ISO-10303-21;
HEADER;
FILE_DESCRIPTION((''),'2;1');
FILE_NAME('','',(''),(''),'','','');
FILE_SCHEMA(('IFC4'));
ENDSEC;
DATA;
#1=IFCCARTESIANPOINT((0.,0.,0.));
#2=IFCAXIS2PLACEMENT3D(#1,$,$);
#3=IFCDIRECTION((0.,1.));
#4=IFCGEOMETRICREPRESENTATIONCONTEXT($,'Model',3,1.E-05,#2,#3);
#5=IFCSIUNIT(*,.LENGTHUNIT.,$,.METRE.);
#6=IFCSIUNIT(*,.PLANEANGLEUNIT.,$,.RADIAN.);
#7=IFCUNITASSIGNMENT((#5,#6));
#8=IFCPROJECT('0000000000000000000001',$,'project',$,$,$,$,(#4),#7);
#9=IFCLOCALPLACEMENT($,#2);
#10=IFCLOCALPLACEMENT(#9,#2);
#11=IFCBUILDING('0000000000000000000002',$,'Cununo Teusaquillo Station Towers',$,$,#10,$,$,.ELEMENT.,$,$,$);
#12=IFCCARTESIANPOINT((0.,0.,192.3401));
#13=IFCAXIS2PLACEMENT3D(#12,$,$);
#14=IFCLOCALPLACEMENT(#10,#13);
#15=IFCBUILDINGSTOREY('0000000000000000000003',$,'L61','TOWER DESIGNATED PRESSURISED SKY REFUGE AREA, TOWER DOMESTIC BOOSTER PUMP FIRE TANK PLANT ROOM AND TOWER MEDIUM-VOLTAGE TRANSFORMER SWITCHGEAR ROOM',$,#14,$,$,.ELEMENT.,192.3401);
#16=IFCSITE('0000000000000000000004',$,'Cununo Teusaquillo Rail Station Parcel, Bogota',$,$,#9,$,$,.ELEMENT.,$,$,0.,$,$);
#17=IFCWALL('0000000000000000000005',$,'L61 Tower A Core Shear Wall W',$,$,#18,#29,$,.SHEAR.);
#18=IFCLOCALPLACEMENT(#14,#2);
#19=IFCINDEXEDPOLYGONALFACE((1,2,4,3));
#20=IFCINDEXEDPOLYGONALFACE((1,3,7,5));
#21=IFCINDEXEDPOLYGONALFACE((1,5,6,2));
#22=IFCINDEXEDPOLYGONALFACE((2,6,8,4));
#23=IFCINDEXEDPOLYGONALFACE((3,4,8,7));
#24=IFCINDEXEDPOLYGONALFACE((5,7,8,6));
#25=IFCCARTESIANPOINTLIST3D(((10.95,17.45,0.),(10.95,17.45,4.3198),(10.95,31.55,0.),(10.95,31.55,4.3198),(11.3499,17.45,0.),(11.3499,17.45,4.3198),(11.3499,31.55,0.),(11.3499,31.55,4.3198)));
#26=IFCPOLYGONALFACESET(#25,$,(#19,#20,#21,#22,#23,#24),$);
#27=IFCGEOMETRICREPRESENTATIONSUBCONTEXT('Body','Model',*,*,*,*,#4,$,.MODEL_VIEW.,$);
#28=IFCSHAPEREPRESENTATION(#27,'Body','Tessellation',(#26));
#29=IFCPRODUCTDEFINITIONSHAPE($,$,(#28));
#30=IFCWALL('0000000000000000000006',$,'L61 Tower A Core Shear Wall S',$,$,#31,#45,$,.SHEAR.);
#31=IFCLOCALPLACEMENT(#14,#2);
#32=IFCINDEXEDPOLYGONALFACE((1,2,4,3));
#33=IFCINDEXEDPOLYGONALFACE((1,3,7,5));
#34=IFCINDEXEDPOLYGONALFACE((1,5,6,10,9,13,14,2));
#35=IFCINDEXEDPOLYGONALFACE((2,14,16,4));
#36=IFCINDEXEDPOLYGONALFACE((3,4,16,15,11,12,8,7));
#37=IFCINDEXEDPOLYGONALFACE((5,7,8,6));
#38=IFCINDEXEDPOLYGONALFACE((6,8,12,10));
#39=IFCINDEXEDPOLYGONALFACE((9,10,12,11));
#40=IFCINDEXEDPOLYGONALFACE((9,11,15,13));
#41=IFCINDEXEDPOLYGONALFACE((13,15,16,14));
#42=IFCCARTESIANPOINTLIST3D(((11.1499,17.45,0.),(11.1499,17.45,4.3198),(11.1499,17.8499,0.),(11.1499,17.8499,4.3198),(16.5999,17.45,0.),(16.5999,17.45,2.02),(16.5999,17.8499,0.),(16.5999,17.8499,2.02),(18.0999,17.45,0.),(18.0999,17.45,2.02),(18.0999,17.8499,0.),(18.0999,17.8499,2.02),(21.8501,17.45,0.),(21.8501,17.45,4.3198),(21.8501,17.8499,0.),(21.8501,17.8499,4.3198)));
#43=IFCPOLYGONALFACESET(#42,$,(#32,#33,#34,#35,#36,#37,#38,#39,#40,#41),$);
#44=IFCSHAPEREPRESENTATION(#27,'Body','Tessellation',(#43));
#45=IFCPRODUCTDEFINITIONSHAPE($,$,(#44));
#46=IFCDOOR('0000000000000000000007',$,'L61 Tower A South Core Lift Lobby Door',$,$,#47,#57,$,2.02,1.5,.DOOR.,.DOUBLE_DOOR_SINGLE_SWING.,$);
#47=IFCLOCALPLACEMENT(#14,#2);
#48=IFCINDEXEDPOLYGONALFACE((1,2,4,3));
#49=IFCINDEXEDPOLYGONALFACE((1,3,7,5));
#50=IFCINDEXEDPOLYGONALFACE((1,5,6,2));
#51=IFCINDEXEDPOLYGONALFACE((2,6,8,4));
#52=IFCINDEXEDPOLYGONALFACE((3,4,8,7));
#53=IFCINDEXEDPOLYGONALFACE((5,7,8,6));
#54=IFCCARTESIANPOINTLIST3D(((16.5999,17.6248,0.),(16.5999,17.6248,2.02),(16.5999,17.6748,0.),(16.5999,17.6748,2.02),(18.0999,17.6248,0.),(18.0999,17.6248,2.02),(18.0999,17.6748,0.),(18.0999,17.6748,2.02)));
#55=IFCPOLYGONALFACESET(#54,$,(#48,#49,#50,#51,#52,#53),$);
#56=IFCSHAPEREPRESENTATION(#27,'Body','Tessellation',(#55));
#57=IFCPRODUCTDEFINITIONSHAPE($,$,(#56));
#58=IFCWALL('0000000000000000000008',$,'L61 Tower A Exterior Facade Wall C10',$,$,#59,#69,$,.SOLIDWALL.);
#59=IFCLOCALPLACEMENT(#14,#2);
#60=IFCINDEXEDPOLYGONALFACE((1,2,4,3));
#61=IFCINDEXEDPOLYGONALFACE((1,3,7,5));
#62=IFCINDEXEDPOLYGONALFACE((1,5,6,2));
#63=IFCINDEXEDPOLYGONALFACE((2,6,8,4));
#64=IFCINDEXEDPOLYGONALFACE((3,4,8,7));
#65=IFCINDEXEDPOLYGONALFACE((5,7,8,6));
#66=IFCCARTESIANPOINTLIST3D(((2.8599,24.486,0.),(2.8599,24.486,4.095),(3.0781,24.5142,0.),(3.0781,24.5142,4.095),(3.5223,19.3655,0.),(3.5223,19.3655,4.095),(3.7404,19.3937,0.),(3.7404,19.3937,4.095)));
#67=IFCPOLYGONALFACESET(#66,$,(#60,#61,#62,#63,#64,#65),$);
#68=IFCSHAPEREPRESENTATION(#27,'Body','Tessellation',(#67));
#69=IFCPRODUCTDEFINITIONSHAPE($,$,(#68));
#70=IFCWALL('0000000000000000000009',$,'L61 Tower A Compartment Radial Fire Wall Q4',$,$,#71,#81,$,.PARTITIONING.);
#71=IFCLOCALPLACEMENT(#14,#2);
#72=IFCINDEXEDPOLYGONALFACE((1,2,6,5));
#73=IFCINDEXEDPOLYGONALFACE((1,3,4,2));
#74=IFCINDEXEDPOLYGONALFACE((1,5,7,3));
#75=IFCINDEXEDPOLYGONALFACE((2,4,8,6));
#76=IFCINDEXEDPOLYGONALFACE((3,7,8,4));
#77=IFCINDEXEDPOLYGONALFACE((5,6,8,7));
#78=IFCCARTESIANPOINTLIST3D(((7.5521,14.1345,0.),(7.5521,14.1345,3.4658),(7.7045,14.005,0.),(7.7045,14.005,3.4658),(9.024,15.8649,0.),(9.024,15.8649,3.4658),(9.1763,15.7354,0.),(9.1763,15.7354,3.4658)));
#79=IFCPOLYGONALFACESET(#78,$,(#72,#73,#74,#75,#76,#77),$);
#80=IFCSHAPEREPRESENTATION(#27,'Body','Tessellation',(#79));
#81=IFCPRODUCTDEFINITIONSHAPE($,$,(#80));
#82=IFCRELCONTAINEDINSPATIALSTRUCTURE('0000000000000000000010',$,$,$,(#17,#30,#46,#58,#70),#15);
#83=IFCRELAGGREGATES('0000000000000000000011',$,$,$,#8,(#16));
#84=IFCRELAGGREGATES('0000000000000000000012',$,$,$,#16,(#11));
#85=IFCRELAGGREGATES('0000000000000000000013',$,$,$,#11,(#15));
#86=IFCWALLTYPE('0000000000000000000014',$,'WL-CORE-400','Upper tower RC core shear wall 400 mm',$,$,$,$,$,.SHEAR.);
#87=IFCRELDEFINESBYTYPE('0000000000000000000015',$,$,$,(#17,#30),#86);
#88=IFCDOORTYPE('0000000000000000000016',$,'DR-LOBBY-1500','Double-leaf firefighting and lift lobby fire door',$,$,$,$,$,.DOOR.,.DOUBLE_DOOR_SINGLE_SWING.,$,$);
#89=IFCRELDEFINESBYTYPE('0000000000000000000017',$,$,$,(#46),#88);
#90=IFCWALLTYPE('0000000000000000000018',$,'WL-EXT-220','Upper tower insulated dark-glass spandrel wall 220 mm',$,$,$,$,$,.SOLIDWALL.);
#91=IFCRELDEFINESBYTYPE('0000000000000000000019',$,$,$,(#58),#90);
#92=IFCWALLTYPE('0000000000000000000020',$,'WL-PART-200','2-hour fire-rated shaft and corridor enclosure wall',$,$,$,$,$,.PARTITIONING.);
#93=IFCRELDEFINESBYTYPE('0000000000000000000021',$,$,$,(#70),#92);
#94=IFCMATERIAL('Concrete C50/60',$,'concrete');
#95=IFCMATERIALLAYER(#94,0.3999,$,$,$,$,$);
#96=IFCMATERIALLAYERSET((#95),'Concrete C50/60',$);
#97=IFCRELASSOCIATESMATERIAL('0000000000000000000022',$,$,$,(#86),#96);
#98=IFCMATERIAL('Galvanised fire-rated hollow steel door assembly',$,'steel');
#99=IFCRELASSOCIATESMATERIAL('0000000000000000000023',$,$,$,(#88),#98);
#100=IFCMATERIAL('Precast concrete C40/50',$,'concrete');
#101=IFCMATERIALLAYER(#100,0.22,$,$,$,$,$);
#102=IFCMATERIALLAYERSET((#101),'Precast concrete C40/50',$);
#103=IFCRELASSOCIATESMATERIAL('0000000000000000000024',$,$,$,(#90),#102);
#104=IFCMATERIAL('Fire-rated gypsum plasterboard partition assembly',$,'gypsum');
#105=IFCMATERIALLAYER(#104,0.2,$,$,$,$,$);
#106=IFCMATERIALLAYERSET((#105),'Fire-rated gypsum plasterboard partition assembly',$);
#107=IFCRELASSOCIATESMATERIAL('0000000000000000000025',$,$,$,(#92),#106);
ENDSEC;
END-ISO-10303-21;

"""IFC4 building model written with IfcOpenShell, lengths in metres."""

from ifc_helpers import new_model, si_unit, direction, frame, frame_2d, origin, place, context, subcontext, project, spatial, rectangle, extrude, source, transform, mapped, material, layer, layer_set, type_object, element, fill, save


model = new_model("IFC4")

# Units and contexts
model_context = context("Model", 3, precision=1e-05, world=origin(), true_north=direction((0.0, 1.0)))
body_context = subcontext(model_context, "Body", "Model", "MODEL_VIEW")
ifc_project = project(units=[si_unit("LENGTHUNIT", "METRE"), si_unit("PLANEANGLEUNIT", "RADIAN")], contexts=[model_context])

# Site, building, storey
site_placement = place(None, origin())
site = spatial("IfcSite", under=ifc_project, at=site_placement, Name="Cununo Teusaquillo Rail Station Parcel, Bogota", CompositionType="ELEMENT", RefElevation=0.0)
building_placement = place(site_placement, origin())
building = spatial("IfcBuilding", under=site, at=building_placement, Name="Cununo Teusaquillo Station Towers", CompositionType="ELEMENT")
storey_placement = place(building_placement, frame((0.0, 0.0, 192.3401)))
storey = spatial("IfcBuildingStorey", under=building, at=storey_placement, Name="L61", Description="TOWER DESIGNATED PRESSURISED SKY REFUGE AREA, TOWER DOMESTIC BOOSTER PUMP FIRE TANK PLANT ROOM AND TOWER MEDIUM-VOLTAGE TRANSFORMER SWITCHGEAR ROOM", CompositionType="ELEMENT", Elevation=192.3401)

# Wall
ifc_material_1 = material(Name="Concrete C50/60", Category="concrete")
ifc_layer_1 = layer(ifc_material_1, 0.3999)
ifc_layer_set_1 = layer_set([ifc_layer_1], Name="Concrete C50/60")
wall_type_1 = type_object("IfcWallType", Name="WL-CORE-400", Description="Upper tower RC core shear wall 400 mm", PredefinedType="SHEAR", material=ifc_layer_set_1)
wall_1_placement = place(storey_placement, frame((11.1499, 17.45, 0.0), z_axis=(0.0, 0.0, 1.0), x_axis=(0.0, 1.0, 0.0)))
element("IfcWall", 1, at=wall_1_placement, inside=storey, type_object=wall_type_1, Name="L61 Tower A Core Shear Wall W", PredefinedType="SHEAR", context=body_context, shape_type="SweptSolid", body=[
    extrude(rectangle(XDim=14.1001, YDim=0.3999, at=frame_2d((7.05, 0.0))), origin(), (0.0, 0.0, 1.0), 4.3198),
])

# Wall, opening, door
wall_2_placement = place(storey_placement, frame((11.1499, 17.6499, 0.0), z_axis=(0.0, 0.0, 1.0), x_axis=(1.0, 0.0, 0.0)))
wall_2 = element("IfcWall", 2, at=wall_2_placement, inside=storey, type_object=wall_type_1, Name="L61 Tower A Core Shear Wall S", PredefinedType="SHEAR", context=body_context, shape_type="SweptSolid", body=[
    extrude(rectangle(XDim=10.7002, YDim=0.3999, at=frame_2d((5.3501, 0.0))), origin(), (0.0, 0.0, 1.0), 4.3198),
])
shared_shape_1 = source(origin(), body_context, "Body", "SweptSolid", [
    extrude(rectangle(XDim=1.5, YDim=2.02, at=frame_2d((0.75, 1.01))), frame((0.0, 0.21, 0.0), z_axis=(0.0, -1.0, 0.0), x_axis=(1.0, 0.0, 0.0)), (0.0, 0.0, 1.0), 0.4199),
])
opening_placement = place(wall_2_placement, frame((5.45, 0.0, 0.0)))
opening = element("IfcOpeningElement", 3, at=opening_placement, cuts=wall_2, PredefinedType="OPENING", context=body_context, shape_type="MappedRepresentation", body=[
    mapped(shared_shape_1, transform((0.0, 0.0, 0.0), x_axis=(1.0, 0.0, 0.0), y_axis=(0.0, 1.0, 0.0), z_axis=(0.0, 0.0, 1.0), scale=1.0)),
])
ifc_material_2 = material(Name="Galvanised fire-rated hollow steel door assembly", Category="steel")
door_type = type_object("IfcDoorType", Name="DR-LOBBY-1500", Description="Double-leaf firefighting and lift lobby fire door", OperationType="DOUBLE_DOOR_SINGLE_SWING", PredefinedType="DOOR", material=ifc_material_2)
shared_shape_2 = source(origin(), body_context, "Body", "SweptSolid", [
    extrude(rectangle(XDim=1.5, YDim=2.02, at=frame_2d((0.75, 1.01))), frame((0.0, 0.0249, 0.0), z_axis=(0.0, -1.0, 0.0), x_axis=(1.0, 0.0, 0.0)), (0.0, 0.0, 1.0), 0.05),
])
door_placement = place(opening_placement, origin())
door = element("IfcDoor", 4, at=door_placement, inside=storey, type_object=door_type, Name="L61 Tower A South Core Lift Lobby Door", OperationType="DOUBLE_DOOR_SINGLE_SWING", OverallHeight=2.02, OverallWidth=1.5, PredefinedType="DOOR", context=body_context, shape_type="MappedRepresentation", body=[
    mapped(shared_shape_2, transform((0.0, 0.0, 0.0), x_axis=(1.0, 0.0, 0.0), y_axis=(0.0, 1.0, 0.0), z_axis=(0.0, 0.0, 1.0), scale=1.0)),
])
fill(opening, door)

# Walls
ifc_material_3 = material(Name="Precast concrete C40/50", Category="concrete")
ifc_layer_2 = layer(ifc_material_3, 0.22)
ifc_layer_set_2 = layer_set([ifc_layer_2], Name="Precast concrete C40/50")
wall_type_2 = type_object("IfcWallType", Name="WL-EXT-220", Description="Upper tower insulated dark-glass spandrel wall 220 mm", PredefinedType="SOLIDWALL", material=ifc_layer_set_2)
wall_3_placement = place(storey_placement, frame((3.6313, 19.3796, 0.0), z_axis=(0.0, 0.0, 1.0), x_axis=(-0.128288, 0.991737, 0.0)))
element("IfcWall", 5, at=wall_3_placement, inside=storey, type_object=wall_type_2, Name="L61 Tower A Exterior Facade Wall C10", PredefinedType="SOLIDWALL", context=body_context, shape_type="SweptSolid", body=[
    extrude(rectangle(XDim=5.1631, YDim=0.22, at=frame_2d((2.5815, 0.0))), origin(), (0.0, 0.0, 1.0), 4.095),
])
ifc_material_4 = material(Name="Fire-rated gypsum plasterboard partition assembly", Category="gypsum")
ifc_layer_3 = layer(ifc_material_4, 0.2)
ifc_layer_set_3 = layer_set([ifc_layer_3], Name="Fire-rated gypsum plasterboard partition assembly")
wall_type_3 = type_object("IfcWallType", Name="WL-PART-200", Description="2-hour fire-rated shaft and corridor enclosure wall", PredefinedType="PARTITIONING", material=ifc_layer_set_3)
wall_4_placement = place(storey_placement, frame((9.1001, 15.8, 0.0), z_axis=(0.0, 0.0, 1.0), x_axis=(-0.64791, -0.761717, 0.0)))
element("IfcWall", 6, at=wall_4_placement, inside=storey, type_object=wall_type_3, Name="L61 Tower A Compartment Radial Fire Wall Q4", PredefinedType="PARTITIONING", context=body_context, shape_type="SweptSolid", body=[
    extrude(rectangle(XDim=2.2717, YDim=0.2, at=frame_2d((1.1357, 0.0))), origin(), (0.0, 0.0, 1.0), 3.4658),
])

save(model, "model.ifc")
